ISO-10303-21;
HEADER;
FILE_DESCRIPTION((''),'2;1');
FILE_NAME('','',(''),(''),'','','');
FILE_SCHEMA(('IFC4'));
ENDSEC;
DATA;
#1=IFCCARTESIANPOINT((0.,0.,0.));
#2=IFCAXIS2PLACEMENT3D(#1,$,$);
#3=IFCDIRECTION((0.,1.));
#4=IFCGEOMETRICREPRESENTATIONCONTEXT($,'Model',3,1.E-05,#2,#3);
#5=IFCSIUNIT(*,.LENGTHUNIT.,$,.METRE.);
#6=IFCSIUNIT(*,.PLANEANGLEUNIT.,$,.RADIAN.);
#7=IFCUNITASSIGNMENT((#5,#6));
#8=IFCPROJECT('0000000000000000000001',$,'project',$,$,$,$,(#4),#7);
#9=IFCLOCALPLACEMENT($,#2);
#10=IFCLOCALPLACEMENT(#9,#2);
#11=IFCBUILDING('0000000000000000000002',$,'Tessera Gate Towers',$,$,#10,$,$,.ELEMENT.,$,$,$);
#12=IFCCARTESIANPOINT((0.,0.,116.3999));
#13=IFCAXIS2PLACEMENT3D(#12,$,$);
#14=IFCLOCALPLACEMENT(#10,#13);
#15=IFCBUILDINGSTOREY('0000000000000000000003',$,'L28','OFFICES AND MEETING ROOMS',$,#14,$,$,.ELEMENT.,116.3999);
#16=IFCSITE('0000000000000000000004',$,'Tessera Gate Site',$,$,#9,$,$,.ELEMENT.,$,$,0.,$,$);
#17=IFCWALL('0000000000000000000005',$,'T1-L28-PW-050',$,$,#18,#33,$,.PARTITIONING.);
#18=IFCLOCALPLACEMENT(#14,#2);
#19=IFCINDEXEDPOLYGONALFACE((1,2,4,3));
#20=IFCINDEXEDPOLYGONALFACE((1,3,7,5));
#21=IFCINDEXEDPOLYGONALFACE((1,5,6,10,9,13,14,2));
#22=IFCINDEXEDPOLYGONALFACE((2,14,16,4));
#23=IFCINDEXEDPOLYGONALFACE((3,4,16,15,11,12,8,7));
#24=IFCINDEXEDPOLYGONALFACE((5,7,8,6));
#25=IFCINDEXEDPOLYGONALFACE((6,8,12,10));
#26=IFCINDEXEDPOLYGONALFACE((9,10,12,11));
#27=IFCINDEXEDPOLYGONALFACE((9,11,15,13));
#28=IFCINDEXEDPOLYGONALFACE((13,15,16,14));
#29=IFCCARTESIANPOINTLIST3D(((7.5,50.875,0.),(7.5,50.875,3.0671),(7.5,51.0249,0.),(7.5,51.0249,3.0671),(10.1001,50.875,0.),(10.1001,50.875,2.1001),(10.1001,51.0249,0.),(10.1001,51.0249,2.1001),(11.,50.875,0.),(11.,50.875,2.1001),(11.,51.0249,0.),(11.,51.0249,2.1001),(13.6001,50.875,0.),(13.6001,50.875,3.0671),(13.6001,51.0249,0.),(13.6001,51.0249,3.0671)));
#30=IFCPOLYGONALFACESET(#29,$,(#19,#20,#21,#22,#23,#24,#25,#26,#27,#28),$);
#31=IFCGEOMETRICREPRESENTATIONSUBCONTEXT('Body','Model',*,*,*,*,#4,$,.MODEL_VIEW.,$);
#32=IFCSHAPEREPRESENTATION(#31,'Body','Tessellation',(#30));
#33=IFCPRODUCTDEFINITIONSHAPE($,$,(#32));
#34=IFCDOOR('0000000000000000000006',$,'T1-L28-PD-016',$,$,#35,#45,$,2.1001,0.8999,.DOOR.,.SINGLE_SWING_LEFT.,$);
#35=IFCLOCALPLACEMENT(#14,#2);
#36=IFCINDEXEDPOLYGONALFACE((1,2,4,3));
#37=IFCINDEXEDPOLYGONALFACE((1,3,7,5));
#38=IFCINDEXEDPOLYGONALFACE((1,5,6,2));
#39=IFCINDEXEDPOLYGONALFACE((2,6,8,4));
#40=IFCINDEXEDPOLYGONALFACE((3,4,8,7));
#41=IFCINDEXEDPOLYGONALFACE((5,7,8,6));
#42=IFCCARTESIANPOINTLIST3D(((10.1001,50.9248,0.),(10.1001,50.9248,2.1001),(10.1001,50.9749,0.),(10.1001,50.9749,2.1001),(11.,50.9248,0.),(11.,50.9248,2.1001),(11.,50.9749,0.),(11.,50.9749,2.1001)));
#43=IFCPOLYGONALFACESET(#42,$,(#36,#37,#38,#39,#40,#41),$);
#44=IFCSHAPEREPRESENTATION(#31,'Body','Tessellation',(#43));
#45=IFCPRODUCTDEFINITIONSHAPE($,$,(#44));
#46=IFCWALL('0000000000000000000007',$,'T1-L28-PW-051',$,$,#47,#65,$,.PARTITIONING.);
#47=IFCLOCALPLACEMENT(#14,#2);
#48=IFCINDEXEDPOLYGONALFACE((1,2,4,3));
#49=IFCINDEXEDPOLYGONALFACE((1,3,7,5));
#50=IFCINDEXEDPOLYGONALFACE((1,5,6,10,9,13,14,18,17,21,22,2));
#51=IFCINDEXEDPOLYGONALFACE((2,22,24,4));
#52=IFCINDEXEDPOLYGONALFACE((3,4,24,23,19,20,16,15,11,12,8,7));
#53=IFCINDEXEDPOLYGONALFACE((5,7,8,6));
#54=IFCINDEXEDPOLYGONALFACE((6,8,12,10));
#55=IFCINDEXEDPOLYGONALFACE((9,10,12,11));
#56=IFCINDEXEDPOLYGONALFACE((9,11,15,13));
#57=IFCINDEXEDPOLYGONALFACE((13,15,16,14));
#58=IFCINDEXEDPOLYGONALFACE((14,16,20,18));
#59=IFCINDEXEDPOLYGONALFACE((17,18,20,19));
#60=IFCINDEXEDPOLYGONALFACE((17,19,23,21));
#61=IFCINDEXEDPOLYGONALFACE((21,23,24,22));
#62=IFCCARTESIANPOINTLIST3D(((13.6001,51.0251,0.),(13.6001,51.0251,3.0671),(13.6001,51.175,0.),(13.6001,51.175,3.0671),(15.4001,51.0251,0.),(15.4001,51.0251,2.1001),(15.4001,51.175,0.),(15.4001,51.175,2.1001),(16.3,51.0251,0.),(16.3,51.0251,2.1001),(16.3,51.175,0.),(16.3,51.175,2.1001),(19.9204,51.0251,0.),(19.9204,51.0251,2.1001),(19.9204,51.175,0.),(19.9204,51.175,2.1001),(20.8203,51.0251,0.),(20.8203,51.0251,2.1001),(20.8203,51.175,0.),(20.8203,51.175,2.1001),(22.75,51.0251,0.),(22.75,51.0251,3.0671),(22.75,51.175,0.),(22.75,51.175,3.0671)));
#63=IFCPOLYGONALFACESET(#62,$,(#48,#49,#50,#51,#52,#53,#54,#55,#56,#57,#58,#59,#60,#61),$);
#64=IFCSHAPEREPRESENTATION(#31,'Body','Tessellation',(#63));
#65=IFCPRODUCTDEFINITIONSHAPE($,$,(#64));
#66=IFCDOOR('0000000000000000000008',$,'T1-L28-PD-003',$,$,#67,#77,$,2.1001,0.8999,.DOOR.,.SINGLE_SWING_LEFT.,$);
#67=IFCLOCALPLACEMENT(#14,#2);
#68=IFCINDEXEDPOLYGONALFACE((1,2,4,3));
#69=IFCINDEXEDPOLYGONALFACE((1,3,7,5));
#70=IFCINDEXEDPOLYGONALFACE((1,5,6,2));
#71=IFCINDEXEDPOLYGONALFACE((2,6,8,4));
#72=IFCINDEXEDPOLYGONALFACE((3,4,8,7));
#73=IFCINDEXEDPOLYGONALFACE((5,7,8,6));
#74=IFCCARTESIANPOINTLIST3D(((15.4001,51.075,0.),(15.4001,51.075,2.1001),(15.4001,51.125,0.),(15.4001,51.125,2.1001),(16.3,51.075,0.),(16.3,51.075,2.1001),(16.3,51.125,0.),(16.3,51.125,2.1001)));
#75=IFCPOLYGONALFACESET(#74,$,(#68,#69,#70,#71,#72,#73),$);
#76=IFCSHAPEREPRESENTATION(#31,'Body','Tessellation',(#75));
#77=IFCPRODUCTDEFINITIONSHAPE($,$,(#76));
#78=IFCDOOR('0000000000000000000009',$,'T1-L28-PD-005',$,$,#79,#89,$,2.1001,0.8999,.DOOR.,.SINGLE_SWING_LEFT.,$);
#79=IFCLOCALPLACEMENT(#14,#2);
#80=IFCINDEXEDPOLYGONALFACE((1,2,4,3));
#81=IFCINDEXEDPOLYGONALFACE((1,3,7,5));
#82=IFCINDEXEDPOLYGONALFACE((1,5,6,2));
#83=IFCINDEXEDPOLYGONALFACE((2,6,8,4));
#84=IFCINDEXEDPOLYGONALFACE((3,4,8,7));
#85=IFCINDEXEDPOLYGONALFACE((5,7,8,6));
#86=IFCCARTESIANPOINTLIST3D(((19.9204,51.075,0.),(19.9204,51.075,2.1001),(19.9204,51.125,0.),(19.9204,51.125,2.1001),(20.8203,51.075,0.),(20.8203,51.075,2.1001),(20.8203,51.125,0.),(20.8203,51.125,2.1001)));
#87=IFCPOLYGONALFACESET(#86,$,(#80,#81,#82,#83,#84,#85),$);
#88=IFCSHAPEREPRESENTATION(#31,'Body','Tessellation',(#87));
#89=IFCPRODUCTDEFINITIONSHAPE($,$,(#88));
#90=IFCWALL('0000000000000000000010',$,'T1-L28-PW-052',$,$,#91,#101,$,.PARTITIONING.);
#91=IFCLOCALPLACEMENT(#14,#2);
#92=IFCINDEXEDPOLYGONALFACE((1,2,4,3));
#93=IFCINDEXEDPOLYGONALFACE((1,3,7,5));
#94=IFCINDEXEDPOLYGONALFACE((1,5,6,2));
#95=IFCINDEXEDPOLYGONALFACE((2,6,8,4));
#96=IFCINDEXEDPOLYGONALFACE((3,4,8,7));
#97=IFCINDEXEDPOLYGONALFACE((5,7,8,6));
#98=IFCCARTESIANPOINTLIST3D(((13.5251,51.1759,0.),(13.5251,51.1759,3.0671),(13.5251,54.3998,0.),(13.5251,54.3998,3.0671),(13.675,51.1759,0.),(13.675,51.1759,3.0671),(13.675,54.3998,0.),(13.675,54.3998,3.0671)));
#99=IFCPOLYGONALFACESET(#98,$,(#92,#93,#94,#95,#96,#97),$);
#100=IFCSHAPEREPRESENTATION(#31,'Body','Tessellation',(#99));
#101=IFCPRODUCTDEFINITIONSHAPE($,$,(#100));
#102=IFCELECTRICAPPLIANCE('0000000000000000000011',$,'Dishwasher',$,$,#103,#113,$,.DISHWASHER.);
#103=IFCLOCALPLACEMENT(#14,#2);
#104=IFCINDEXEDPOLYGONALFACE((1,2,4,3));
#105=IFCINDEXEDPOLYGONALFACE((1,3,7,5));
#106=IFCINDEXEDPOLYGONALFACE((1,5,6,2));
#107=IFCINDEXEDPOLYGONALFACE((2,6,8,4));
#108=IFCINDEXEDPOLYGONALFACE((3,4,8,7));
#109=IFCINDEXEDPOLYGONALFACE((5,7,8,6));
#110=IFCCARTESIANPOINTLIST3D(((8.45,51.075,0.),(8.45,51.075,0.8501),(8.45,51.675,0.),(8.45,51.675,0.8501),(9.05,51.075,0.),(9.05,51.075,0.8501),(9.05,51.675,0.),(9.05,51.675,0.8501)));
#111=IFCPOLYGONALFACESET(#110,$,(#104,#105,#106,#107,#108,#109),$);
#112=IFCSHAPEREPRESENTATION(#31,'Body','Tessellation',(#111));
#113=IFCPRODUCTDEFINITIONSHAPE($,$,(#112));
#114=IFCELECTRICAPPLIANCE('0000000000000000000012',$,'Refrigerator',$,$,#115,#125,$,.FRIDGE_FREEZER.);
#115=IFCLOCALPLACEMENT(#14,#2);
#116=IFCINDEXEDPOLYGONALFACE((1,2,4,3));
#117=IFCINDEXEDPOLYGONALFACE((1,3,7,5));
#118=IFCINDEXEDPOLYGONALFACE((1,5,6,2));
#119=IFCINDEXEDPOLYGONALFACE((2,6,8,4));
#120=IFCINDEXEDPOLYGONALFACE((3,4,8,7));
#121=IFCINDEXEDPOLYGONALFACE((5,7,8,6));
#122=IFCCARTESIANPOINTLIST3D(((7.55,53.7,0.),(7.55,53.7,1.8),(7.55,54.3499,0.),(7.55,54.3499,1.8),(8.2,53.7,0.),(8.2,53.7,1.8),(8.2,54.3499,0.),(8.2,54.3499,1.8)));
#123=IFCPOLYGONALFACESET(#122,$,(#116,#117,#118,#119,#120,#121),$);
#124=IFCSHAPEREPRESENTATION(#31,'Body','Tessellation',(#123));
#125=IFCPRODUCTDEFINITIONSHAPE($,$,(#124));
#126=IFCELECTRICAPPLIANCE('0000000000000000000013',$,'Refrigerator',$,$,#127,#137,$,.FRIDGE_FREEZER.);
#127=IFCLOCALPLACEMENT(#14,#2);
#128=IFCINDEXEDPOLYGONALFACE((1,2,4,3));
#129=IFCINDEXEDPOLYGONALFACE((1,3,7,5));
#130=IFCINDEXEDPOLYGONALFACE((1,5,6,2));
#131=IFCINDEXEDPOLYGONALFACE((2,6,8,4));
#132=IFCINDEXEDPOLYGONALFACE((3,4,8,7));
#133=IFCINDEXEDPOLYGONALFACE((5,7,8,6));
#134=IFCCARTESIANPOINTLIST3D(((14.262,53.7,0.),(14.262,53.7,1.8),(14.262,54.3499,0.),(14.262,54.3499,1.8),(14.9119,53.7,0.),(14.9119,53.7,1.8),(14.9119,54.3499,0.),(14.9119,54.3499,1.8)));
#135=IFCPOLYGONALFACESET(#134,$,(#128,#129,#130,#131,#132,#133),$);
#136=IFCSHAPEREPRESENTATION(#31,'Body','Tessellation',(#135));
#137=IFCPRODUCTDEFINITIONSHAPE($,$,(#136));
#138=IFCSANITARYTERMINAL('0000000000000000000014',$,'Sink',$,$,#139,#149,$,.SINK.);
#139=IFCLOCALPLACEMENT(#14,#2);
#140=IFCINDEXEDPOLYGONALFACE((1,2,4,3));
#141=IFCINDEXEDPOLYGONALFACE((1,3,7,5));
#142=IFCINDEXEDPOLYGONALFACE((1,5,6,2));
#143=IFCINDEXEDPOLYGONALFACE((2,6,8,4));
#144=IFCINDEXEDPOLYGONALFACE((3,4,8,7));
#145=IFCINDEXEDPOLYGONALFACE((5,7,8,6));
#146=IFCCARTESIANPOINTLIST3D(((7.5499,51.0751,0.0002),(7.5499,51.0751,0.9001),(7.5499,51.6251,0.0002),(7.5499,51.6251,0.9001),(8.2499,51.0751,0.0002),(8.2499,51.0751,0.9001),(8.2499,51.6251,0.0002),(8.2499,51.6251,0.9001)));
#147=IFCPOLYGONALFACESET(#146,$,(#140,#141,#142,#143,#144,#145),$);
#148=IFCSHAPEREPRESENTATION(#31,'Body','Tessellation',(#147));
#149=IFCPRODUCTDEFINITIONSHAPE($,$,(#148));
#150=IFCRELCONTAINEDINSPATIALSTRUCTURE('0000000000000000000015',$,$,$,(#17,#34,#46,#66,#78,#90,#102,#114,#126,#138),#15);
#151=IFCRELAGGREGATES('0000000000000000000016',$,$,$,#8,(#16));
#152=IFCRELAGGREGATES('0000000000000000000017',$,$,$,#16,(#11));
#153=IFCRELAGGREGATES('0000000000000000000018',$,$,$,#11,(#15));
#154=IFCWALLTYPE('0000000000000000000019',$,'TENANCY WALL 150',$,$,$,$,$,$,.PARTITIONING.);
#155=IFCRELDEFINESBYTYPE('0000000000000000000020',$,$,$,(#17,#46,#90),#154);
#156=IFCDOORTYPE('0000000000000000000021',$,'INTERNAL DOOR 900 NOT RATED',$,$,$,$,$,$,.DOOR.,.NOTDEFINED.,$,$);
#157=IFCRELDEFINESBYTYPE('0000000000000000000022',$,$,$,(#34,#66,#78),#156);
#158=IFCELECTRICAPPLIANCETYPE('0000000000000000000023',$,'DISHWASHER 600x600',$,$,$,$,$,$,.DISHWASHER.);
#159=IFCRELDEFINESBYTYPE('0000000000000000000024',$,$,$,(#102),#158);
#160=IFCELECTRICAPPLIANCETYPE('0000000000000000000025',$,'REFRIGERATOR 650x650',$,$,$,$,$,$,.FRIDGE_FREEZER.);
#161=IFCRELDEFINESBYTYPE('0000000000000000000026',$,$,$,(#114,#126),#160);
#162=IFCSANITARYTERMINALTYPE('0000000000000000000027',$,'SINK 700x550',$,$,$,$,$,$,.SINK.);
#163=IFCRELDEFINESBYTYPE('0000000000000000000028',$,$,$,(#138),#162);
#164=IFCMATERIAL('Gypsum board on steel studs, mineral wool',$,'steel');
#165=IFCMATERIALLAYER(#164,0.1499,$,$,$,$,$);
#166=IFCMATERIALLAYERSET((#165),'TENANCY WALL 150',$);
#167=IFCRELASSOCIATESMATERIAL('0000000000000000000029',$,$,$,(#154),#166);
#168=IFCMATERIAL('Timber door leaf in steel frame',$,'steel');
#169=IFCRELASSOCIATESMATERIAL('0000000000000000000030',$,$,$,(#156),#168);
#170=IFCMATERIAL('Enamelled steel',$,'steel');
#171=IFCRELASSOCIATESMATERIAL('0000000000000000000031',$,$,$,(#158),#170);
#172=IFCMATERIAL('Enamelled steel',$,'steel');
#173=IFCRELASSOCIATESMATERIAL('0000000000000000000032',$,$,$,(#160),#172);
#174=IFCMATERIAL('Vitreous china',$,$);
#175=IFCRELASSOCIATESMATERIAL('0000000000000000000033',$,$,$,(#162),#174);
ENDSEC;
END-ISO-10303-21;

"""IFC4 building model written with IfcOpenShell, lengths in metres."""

from ifc_helpers import new_model, si_unit, direction, frame, frame_2d, origin, origin_2d, place, context, subcontext, project, spatial, rectangle, extrude, source, transform, mapped, material, layer, layer_set, type_object, element, fill, save


model = new_model("IFC4")

# Units and contexts
model_context = context("Model", 3, precision=1e-05, world=origin(), true_north=direction((0.0, 1.0)))
body_context = subcontext(model_context, "Body", "Model", "MODEL_VIEW")
ifc_project = project(units=[si_unit("LENGTHUNIT", "METRE"), si_unit("PLANEANGLEUNIT", "RADIAN")], contexts=[model_context])

# Site, building, storey
site_placement = place(None, origin())
site = spatial("IfcSite", under=ifc_project, at=site_placement, Name="Tessera Gate Site", CompositionType="ELEMENT", RefElevation=0.0)
building_placement = place(site_placement, origin())
building = spatial("IfcBuilding", under=site, at=building_placement, Name="Tessera Gate Towers", CompositionType="ELEMENT")
storey_placement = place(building_placement, frame((0.0, 0.0, 116.3999)))
storey = spatial("IfcBuildingStorey", under=building, at=storey_placement, Name="L28", Description="OFFICES AND MEETING ROOMS", CompositionType="ELEMENT", Elevation=116.3999)

# Shared definitions
ifc_material_1 = material(Name="Gypsum board on steel studs, mineral wool", Category="steel")
ifc_layer_1 = layer(ifc_material_1, 0.1499)
ifc_layer_set_1 = layer_set([ifc_layer_1], Name="TENANCY WALL 150")
wall_type_1 = type_object("IfcWallType", Name="TENANCY WALL 150", PredefinedType="PARTITIONING", material=ifc_layer_set_1)

# Wall, opening, door
wall_1_placement = place(storey_placement, frame((7.5, 50.95, 0.0), z_axis=(0.0, 0.0, 1.0), x_axis=(1.0, 0.0, 0.0)))
wall_1 = element("IfcWall", 1, at=wall_1_placement, inside=storey, type_object=wall_type_1, Name="T1-L28-PW-050", PredefinedType="PARTITIONING", context=body_context, shape_type="SweptSolid", body=[
    extrude(rectangle(XDim=6.1001, YDim=0.1499, at=frame_2d((3.05, 0.0))), origin(), (0.0, 0.0, 1.0), 3.0671),
])
shared_shape_1 = source(origin(), body_context, "Body", "SweptSolid", [
    extrude(rectangle(XDim=0.8999, YDim=2.1001, at=frame_2d((0.45, 1.05))), frame((0.0, 0.085, 0.0), z_axis=(0.0, -1.0, 0.0), x_axis=(1.0, 0.0, 0.0)), (0.0, 0.0, 1.0), 0.1699),
])
opening_1_placement = place(wall_1_placement, frame((2.6001, 0.0, 0.0)))
opening_1 = element("IfcOpeningElement", 2, at=opening_1_placement, cuts=wall_1, PredefinedType="OPENING", context=body_context, shape_type="MappedRepresentation", body=[
    mapped(shared_shape_1, transform((0.0, 0.0, 0.0), scale=1.0)),
])
ifc_material_2 = material(Name="Timber door leaf in steel frame", Category="steel")
door_type = type_object("IfcDoorType", Name="INTERNAL DOOR 900 NOT RATED", OperationType="NOTDEFINED", PredefinedType="DOOR", material=ifc_material_2)
shared_shape_2 = source(origin(), body_context, "Body", "SweptSolid", [
    extrude(rectangle(XDim=0.8999, YDim=2.1001, at=frame_2d((0.45, 1.05))), frame((0.0, 0.0249, 0.0), z_axis=(0.0, -1.0, 0.0), x_axis=(1.0, 0.0, 0.0)), (0.0, 0.0, 1.0), 0.05),
])
door_1_placement = place(opening_1_placement, origin())
door_1 = element("IfcDoor", 3, at=door_1_placement, inside=storey, type_object=door_type, Name="T1-L28-PD-016", OperationType="SINGLE_SWING_LEFT", OverallHeight=2.1001, OverallWidth=0.8999, PredefinedType="DOOR", context=body_context, shape_type="MappedRepresentation", body=[
    mapped(shared_shape_2, transform((0.0, 0.0, 0.0), scale=1.0)),
])
fill(opening_1, door_1)

# Wall, openings, doors
wall_2_placement = place(storey_placement, frame((13.6001, 51.1001, 0.0), z_axis=(0.0, 0.0, 1.0), x_axis=(1.0, 0.0, 0.0)))
wall_2 = element("IfcWall", 4, at=wall_2_placement, inside=storey, type_object=wall_type_1, Name="T1-L28-PW-051", PredefinedType="PARTITIONING", context=body_context, shape_type="SweptSolid", body=[
    extrude(rectangle(XDim=9.1499, YDim=0.1499, at=frame_2d((4.575, 0.0))), origin(), (0.0, 0.0, 1.0), 3.0671),
])
opening_2_placement = place(wall_2_placement, frame((1.8, 0.0, 0.0)))
opening_2 = element("IfcOpeningElement", 5, at=opening_2_placement, cuts=wall_2, PredefinedType="OPENING", context=body_context, shape_type="MappedRepresentation", body=[
    mapped(shared_shape_1, transform((0.0, 0.0, 0.0), scale=1.0)),
])
opening_3_placement = place(wall_2_placement, frame((6.3203, 0.0, 0.0)))
opening_3 = element("IfcOpeningElement", 6, at=opening_3_placement, cuts=wall_2, PredefinedType="OPENING", context=body_context, shape_type="MappedRepresentation", body=[
    mapped(shared_shape_1, transform((0.0, 0.0, 0.0), scale=1.0)),
])
door_2_placement = place(opening_2_placement, origin())
door_2 = element("IfcDoor", 7, at=door_2_placement, inside=storey, type_object=door_type, Name="T1-L28-PD-003", OperationType="SINGLE_SWING_LEFT", OverallHeight=2.1001, OverallWidth=0.8999, PredefinedType="DOOR", context=body_context, shape_type="MappedRepresentation", body=[
    mapped(shared_shape_2, transform((0.0, 0.0, 0.0), scale=1.0)),
])
fill(opening_2, door_2)
door_3_placement = place(opening_3_placement, origin())
door_3 = element("IfcDoor", 8, at=door_3_placement, inside=storey, type_object=door_type, Name="T1-L28-PD-005", OperationType="SINGLE_SWING_LEFT", OverallHeight=2.1001, OverallWidth=0.8999, PredefinedType="DOOR", context=body_context, shape_type="MappedRepresentation", body=[
    mapped(shared_shape_2, transform((0.0, 0.0, 0.0), scale=1.0)),
])
fill(opening_3, door_3)

# Wall
wall_3_placement = place(storey_placement, frame((13.6001, 51.176, 0.0), z_axis=(0.0, 0.0, 1.0), x_axis=(0.0, 1.0, 0.0)))
element("IfcWall", 9, at=wall_3_placement, inside=storey, type_object=wall_type_1, Name="T1-L28-PW-052", PredefinedType="PARTITIONING", context=body_context, shape_type="SweptSolid", body=[
    extrude(rectangle(XDim=3.2239, YDim=0.1499, at=frame_2d((1.6118, 0.0))), origin(), (0.0, 0.0, 1.0), 3.0671),
])

# Electric appliances
ifc_material_3 = material(Name="Enamelled steel", Category="steel")
electric_appliance_type_1 = type_object("IfcElectricApplianceType", Name="DISHWASHER 600x600", PredefinedType="DISHWASHER", material=ifc_material_3)
electric_appliance_placement = place(storey_placement, frame((8.75, 51.375, 0.0), z_axis=(0.0, 0.0, 1.0), x_axis=(1.0, 0.0, 0.0)))
element("IfcElectricAppliance", 10, at=electric_appliance_placement, inside=storey, type_object=electric_appliance_type_1, Name="Dishwasher", PredefinedType="DISHWASHER", context=body_context, shape_type="SweptSolid", body=[
    extrude(rectangle(XDim=0.6001, YDim=0.6001, at=origin_2d()), origin(), (0.0, 0.0, 1.0), 0.8501),
])
ifc_material_4 = material(Name="Enamelled steel", Category="steel")
electric_appliance_type_2 = type_object("IfcElectricApplianceType", Name="REFRIGERATOR 650x650", PredefinedType="FRIDGE_FREEZER", material=ifc_material_4)
for number, where, z_axis, x_axis, name in (
    (11, (7.875, 54.0249, 0.0), (0.0, 0.0, 1.0), (1.0, 0.0, 0.0), "Refrigerator"),
    (12, (14.5869, 54.0249, 0.0), (0.0, 0.0, 1.0), (1.0, 0.0, 0.0), "Refrigerator"),
):
    element("IfcElectricAppliance", number, at=place(storey_placement, frame(where, z_axis=z_axis, x_axis=x_axis)), inside=storey, type_object=electric_appliance_type_2, Name=name, PredefinedType="FRIDGE_FREEZER", context=body_context, shape_type="SweptSolid", body=[
        extrude(rectangle(XDim=0.6499, YDim=0.6499, at=origin_2d()), origin(), (0.0, 0.0, 1.0), 1.8),
    ])

# Sanitary terminal
ifc_material_5 = material(Name="Vitreous china")
sanitary_terminal_type = type_object("IfcSanitaryTerminalType", Name="SINK 700x550", PredefinedType="SINK", material=ifc_material_5)
sanitary_terminal_placement = place(storey_placement, frame((7.8999, 51.3501, 0.0002), z_axis=(0.0, 0.0, 1.0), x_axis=(1.0, 0.0, 0.0)))
element("IfcSanitaryTerminal", 13, at=sanitary_terminal_placement, inside=storey, type_object=sanitary_terminal_type, Name="Sink", PredefinedType="SINK", context=body_context, shape_type="SweptSolid", body=[
    extrude(rectangle(XDim=0.7, YDim=0.55, at=origin_2d()), origin(), (0.0, 0.0, 1.0), 0.8999),
])

save(model, "model.ifc")
